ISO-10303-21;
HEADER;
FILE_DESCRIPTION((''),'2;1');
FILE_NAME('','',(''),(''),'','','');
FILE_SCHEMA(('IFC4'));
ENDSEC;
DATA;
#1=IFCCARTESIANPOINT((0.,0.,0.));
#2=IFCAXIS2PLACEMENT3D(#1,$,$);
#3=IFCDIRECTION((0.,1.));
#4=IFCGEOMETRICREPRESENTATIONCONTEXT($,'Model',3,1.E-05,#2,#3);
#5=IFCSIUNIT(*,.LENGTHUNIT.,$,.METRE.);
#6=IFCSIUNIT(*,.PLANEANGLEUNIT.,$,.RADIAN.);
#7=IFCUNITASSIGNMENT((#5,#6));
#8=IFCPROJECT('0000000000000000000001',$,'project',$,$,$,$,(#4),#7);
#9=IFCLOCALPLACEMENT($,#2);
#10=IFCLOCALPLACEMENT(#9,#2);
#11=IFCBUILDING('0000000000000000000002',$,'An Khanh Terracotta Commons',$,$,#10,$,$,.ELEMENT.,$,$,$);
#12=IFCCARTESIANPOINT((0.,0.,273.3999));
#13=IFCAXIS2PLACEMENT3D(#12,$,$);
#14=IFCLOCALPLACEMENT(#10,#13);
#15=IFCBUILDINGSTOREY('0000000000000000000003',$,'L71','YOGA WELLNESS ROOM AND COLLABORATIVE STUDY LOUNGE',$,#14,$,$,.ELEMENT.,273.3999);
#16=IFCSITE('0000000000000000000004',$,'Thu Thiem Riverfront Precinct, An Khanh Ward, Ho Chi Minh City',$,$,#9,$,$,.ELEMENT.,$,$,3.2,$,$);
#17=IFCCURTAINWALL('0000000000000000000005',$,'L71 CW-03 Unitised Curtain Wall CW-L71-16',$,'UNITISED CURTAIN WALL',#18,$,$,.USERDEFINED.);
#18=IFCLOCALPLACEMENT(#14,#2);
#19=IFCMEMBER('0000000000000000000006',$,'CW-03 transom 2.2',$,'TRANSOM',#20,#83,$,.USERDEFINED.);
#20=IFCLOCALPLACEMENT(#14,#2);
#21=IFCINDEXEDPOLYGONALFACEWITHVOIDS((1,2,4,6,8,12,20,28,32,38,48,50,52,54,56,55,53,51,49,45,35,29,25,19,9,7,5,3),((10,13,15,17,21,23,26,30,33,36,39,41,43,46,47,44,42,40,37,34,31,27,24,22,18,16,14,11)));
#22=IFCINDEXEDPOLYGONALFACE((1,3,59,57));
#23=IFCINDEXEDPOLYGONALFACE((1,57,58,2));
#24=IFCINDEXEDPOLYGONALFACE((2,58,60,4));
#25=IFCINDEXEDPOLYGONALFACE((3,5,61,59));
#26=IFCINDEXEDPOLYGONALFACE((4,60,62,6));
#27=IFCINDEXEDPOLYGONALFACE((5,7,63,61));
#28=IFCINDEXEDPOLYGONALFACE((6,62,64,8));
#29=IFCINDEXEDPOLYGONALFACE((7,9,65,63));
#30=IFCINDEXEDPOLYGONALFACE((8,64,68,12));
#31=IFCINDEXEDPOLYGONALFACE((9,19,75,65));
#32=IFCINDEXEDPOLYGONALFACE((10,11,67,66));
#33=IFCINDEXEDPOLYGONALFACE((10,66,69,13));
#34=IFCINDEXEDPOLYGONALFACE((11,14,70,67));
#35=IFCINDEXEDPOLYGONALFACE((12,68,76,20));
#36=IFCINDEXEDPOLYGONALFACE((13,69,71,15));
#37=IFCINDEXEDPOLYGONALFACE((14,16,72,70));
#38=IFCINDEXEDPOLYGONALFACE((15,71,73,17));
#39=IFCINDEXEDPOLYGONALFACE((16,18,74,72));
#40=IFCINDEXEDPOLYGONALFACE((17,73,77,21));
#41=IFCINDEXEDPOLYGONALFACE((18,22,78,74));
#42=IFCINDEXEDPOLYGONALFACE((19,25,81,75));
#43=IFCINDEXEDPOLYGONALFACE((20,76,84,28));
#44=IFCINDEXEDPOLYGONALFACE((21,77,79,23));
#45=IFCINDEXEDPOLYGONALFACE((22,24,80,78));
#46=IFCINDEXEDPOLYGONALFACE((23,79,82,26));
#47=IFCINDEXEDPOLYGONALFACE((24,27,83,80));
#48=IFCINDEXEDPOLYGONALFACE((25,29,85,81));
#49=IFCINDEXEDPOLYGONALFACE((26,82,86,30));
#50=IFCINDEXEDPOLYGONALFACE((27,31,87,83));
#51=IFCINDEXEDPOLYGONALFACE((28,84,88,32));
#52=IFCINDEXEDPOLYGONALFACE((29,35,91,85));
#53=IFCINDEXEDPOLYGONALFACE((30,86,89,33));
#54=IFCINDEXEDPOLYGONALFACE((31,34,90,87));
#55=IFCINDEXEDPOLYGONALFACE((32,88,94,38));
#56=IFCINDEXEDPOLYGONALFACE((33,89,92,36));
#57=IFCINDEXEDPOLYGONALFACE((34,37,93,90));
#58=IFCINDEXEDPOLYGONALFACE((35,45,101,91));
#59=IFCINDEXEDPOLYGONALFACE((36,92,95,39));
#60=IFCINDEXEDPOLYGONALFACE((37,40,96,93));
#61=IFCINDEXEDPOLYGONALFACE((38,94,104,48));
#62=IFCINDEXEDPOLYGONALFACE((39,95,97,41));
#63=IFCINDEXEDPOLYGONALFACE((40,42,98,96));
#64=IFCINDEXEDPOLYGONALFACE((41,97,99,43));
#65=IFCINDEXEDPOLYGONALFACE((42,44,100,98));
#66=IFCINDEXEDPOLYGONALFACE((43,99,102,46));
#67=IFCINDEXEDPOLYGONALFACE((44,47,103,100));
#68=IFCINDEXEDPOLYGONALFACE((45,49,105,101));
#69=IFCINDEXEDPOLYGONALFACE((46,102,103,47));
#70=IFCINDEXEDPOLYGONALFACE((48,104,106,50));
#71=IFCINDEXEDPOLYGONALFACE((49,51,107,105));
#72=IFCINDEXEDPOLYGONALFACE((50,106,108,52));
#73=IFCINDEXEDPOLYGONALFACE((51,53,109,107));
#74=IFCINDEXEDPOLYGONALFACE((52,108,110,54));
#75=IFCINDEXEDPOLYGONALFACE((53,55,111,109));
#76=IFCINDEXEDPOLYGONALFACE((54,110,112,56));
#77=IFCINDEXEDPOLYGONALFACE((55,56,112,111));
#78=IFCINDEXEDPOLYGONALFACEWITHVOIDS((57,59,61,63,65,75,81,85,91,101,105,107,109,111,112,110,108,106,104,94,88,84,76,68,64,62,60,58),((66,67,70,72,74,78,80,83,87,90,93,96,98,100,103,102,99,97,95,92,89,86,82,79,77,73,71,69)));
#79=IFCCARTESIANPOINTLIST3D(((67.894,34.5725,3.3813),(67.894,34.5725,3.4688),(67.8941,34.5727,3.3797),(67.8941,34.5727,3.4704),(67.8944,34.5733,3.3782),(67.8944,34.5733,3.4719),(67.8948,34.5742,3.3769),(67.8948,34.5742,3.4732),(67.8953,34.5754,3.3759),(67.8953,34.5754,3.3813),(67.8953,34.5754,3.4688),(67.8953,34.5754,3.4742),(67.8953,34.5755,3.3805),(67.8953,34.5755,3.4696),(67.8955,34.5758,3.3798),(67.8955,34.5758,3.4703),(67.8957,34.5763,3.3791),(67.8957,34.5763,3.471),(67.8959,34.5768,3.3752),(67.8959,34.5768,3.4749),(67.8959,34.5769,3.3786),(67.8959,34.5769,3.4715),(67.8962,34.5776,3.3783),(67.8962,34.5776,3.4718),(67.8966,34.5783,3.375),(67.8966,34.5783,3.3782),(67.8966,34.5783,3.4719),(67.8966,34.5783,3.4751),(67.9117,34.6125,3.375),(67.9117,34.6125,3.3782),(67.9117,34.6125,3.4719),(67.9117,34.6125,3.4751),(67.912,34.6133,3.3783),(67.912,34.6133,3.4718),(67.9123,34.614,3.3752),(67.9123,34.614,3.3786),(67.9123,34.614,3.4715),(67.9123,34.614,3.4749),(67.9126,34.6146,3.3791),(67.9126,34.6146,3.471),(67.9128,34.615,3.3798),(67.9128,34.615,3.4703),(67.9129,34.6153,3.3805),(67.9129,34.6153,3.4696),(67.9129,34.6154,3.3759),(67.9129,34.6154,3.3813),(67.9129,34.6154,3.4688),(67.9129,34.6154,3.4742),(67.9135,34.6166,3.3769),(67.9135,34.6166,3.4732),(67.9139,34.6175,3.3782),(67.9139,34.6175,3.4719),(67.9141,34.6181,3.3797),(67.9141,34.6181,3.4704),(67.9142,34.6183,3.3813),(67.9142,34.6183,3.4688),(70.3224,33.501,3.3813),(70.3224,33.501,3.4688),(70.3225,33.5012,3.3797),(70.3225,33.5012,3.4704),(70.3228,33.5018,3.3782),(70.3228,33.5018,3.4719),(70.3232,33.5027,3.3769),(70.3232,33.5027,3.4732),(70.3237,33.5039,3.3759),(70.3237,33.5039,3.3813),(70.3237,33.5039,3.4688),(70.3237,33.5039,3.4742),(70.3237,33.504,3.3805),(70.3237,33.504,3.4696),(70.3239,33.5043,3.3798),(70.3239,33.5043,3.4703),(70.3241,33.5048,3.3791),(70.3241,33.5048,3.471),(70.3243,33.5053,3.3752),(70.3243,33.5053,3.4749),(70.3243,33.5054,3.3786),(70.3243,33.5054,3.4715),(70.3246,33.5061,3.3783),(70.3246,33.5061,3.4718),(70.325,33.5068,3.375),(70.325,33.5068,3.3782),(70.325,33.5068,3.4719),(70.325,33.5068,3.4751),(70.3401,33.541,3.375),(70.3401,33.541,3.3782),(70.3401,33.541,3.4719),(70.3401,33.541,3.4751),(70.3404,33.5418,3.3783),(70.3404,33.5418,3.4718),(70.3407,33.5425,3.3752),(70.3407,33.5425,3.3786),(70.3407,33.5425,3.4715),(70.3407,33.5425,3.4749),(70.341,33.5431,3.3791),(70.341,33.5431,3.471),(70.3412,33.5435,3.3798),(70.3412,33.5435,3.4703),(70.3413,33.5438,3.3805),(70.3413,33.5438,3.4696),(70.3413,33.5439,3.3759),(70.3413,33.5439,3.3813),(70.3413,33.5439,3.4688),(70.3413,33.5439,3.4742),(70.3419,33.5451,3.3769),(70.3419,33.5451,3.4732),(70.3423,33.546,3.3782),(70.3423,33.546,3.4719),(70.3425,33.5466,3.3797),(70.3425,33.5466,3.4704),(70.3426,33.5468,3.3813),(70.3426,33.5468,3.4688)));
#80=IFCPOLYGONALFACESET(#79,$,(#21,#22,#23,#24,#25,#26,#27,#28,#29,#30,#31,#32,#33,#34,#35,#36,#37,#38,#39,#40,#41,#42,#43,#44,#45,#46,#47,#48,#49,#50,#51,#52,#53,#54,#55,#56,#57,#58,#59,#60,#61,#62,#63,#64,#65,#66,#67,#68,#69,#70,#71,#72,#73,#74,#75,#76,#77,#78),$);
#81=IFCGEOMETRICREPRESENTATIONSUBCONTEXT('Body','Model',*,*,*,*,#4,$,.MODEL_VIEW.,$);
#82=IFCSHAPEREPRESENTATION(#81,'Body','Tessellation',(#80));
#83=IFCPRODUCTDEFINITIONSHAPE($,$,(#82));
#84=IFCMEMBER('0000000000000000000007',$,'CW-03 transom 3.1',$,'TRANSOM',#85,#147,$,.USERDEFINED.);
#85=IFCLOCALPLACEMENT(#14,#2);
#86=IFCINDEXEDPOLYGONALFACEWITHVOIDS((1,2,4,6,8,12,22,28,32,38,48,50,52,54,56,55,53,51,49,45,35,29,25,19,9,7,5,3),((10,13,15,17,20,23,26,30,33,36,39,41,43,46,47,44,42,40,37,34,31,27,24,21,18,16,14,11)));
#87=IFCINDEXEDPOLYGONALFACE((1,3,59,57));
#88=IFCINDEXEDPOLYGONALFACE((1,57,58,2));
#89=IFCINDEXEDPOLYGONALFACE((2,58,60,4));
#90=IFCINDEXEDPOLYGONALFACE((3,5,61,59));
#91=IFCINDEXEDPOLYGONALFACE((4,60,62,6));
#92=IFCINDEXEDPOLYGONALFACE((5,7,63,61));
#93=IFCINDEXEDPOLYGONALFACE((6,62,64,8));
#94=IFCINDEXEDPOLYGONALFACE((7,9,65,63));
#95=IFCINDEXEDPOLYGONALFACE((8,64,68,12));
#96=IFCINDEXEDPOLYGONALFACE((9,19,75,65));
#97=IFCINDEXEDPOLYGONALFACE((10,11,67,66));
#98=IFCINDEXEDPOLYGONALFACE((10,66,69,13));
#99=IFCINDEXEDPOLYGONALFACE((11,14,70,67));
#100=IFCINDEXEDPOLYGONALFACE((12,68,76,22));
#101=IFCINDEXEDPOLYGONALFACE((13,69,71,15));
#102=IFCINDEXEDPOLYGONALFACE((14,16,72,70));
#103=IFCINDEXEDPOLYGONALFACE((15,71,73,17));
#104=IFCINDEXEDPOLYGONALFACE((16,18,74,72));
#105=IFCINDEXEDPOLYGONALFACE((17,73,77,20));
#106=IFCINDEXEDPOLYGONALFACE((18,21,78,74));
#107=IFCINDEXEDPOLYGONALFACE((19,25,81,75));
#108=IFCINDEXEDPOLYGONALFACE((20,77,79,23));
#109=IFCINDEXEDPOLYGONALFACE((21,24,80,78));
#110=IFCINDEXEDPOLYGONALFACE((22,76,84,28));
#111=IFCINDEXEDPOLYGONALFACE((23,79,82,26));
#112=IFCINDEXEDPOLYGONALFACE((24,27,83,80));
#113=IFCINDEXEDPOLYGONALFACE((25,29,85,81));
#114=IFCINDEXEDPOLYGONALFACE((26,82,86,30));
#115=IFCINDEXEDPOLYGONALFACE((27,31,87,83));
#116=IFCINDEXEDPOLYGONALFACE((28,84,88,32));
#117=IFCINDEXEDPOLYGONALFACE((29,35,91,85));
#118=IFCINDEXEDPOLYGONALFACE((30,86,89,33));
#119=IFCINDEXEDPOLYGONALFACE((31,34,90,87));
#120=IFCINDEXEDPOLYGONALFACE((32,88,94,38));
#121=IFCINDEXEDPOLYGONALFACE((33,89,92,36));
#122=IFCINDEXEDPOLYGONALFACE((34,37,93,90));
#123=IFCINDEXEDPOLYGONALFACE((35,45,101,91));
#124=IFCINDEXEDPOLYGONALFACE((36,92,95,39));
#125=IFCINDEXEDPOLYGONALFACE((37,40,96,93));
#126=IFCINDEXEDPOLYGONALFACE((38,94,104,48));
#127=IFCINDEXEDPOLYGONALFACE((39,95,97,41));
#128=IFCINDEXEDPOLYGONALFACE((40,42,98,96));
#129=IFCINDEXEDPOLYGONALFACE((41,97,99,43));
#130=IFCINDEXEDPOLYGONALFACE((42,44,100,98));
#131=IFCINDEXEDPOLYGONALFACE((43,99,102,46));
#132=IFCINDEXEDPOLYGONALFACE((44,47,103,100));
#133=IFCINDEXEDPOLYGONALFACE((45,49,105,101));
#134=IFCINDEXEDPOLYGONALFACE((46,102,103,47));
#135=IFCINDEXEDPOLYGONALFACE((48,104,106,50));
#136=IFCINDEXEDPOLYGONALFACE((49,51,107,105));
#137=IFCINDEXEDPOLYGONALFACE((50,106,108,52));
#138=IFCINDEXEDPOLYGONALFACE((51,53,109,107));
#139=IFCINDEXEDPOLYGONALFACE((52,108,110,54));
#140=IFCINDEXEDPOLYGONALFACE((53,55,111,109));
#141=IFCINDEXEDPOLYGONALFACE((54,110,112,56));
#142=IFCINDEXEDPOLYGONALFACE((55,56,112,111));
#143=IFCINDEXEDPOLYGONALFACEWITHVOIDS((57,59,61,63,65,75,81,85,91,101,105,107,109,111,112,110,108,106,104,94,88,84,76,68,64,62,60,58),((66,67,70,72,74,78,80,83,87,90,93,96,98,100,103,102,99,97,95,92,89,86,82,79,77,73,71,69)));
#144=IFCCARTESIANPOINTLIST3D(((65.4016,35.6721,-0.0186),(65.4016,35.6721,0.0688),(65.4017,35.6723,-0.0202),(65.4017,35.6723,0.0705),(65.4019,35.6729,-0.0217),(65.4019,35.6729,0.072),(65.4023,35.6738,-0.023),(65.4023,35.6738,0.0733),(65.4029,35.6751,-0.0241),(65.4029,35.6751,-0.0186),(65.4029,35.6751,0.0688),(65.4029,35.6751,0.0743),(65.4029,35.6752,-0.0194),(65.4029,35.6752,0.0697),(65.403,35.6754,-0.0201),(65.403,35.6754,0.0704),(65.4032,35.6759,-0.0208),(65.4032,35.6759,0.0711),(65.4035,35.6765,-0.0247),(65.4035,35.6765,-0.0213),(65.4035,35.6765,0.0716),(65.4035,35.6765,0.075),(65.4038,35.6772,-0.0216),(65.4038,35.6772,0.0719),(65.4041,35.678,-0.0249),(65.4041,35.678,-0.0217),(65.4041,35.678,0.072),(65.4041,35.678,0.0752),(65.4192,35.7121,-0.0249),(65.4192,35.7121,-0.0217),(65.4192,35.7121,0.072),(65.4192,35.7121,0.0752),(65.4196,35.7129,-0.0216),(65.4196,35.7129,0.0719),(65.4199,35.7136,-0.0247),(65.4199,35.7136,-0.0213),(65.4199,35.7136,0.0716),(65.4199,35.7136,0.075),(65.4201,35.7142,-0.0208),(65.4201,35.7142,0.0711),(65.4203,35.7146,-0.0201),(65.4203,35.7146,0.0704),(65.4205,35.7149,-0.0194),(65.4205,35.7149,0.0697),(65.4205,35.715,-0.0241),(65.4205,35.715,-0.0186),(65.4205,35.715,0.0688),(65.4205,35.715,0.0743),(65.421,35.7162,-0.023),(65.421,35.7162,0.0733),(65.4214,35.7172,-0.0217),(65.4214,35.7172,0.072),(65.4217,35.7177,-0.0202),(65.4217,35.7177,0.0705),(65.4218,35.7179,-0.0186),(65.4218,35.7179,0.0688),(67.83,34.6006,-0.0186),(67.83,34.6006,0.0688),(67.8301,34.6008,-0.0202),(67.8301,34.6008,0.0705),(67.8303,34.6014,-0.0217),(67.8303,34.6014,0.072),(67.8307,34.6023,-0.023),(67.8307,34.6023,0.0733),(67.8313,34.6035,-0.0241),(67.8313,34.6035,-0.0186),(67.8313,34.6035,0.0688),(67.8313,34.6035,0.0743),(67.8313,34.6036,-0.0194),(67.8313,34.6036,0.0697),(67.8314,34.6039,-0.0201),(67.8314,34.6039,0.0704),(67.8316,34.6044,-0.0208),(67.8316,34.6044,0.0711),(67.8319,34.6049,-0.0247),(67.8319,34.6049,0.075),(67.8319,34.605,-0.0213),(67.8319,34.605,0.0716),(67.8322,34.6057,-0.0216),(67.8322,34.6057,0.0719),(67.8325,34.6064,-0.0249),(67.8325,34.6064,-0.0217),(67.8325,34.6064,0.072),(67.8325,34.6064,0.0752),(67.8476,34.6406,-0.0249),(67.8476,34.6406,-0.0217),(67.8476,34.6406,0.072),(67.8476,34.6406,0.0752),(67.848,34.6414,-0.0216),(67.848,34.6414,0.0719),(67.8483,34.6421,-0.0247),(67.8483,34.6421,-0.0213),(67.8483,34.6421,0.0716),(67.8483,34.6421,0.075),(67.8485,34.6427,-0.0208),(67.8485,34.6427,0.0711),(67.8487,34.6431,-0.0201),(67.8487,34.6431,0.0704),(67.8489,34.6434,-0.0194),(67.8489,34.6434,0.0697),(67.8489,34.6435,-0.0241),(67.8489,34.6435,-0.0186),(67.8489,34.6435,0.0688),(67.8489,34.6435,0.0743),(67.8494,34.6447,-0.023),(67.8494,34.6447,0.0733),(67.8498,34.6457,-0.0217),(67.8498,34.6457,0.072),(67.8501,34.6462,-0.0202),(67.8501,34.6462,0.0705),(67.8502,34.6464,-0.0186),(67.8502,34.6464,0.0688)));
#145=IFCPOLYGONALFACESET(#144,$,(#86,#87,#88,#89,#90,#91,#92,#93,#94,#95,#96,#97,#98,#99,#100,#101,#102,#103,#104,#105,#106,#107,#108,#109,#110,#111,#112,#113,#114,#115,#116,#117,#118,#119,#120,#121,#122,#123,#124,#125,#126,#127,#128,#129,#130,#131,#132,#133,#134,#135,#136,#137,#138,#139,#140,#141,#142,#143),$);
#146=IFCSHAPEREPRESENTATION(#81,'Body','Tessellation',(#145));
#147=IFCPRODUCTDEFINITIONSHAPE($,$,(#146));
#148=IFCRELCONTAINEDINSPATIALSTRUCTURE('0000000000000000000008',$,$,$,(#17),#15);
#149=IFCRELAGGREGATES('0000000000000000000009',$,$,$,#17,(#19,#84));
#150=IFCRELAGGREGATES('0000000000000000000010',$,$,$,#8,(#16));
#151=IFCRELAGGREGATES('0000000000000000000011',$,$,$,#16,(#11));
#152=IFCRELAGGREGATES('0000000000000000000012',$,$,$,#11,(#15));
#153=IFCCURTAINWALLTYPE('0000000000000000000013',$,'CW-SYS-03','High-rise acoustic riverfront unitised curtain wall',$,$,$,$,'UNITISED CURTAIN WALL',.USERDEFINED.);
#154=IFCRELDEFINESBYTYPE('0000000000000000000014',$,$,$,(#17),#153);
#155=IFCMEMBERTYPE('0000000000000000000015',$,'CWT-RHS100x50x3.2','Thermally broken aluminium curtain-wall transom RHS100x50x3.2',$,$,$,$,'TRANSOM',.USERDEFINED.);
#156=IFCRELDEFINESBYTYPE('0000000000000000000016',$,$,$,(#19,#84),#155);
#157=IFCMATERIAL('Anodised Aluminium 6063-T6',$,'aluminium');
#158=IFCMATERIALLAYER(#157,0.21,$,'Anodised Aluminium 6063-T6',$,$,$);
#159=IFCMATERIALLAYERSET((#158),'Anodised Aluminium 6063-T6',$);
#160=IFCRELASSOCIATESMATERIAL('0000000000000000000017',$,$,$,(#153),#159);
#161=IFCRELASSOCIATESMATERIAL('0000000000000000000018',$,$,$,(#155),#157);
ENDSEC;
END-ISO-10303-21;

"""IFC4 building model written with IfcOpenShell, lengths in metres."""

from ifc_helpers import new_model, si_unit, direction, frame, origin, origin_2d, place, context, subcontext, project, spatial, hollow_rectangle, extrude, material, layer, layer_set, material_profile, profile_set, type_object, element, aggregate, save


model = new_model("IFC4")

# Units and contexts
model_context = context("Model", 3, precision=1e-05, world=origin(), true_north=direction((0.0, 1.0)))
body_context = subcontext(model_context, "Body", "Model", "MODEL_VIEW")
ifc_project = project(units=[si_unit("LENGTHUNIT", "METRE"), si_unit("PLANEANGLEUNIT", "RADIAN")], contexts=[model_context])

# Site, building, storey
site_placement = place(None, origin())
site = spatial("IfcSite", under=ifc_project, at=site_placement, Name="Thu Thiem Riverfront Precinct, An Khanh Ward, Ho Chi Minh City", CompositionType="ELEMENT", RefElevation=3.2)
building_placement = place(site_placement, origin())
building = spatial("IfcBuilding", under=site, at=building_placement, Name="An Khanh Terracotta Commons", CompositionType="ELEMENT")
storey_placement = place(building_placement, frame((0.0, 0.0, 273.3999)))
storey = spatial("IfcBuildingStorey", under=building, at=storey_placement, Name="L71", Description="YOGA WELLNESS ROOM AND COLLABORATIVE STUDY LOUNGE", CompositionType="ELEMENT", Elevation=273.3999)

# Curtain wall
ifc_material_1 = material(Name="Anodised Aluminium 6063-T6", Category="aluminium")
ifc_layer_1 = layer(ifc_material_1, 0.21, Name="Anodised Aluminium 6063-T6")
ifc_layer_set_1 = layer_set([ifc_layer_1], Name="Anodised Aluminium 6063-T6")
curtain_wall_type = type_object("IfcCurtainWallType", Name="CW-SYS-03", Description="High-rise acoustic riverfront unitised curtain wall", ElementType="UNITISED CURTAIN WALL", PredefinedType="USERDEFINED", material=ifc_layer_set_1)
curtain_wall_1_placement = place(storey_placement, origin())
curtain_wall_1 = element("IfcCurtainWall", 1, at=curtain_wall_1_placement, inside=storey, type_object=curtain_wall_type, Name="L71 CW-03 Unitised Curtain Wall CW-L71-16", ObjectType="UNITISED CURTAIN WALL", PredefinedType="USERDEFINED")

# Members
ifc_material_profile_1 = material_profile(ifc_material_1, hollow_rectangle(XDim=0.05, YDim=0.1001, WallThickness=0.0032, InnerFilletRadius=0.0032, OuterFilletRadius=0.0063, at=origin_2d()), Name="RHS100x50x3.2")
ifc_profile_set_1 = profile_set([ifc_material_profile_1], Name="Anodised Aluminium 6063-T6")
member_type_1 = type_object("IfcMemberType", Name="CWT-RHS100x50x3.2", Description="Thermally broken aluminium curtain-wall transom RHS100x50x3.2", ElementType="TRANSOM", PredefinedType="USERDEFINED", material=ifc_profile_set_1)
member_1_placement = place(storey_placement, frame((70.3325, 33.5239, 3.425), z_axis=(-0.914897, 0.403688, 0.0), x_axis=(-0.403688, -0.914897, 0.0)))
member_1 = element("IfcMember", 2, at=member_1_placement, type_object=member_type_1, Name="CW-03 transom 2.2", ObjectType="TRANSOM", PredefinedType="USERDEFINED", context=body_context, shape_type="SweptSolid", body=[
    extrude(hollow_rectangle(XDim=0.05, YDim=0.1001, WallThickness=0.0032, InnerFilletRadius=0.0032, OuterFilletRadius=0.0063, at=origin_2d()), origin(), (0.0, 0.0, 1.0), 2.6543),
])
member_2_placement = place(storey_placement, frame((67.8401, 34.6235, 0.0251), z_axis=(-0.914897, 0.403688, 0.0), x_axis=(-0.403688, -0.914897, 0.0)))
member_2 = element("IfcMember", 3, at=member_2_placement, type_object=member_type_1, Name="CW-03 transom 3.1", ObjectType="TRANSOM", PredefinedType="USERDEFINED", context=body_context, shape_type="SweptSolid", body=[
    extrude(hollow_rectangle(XDim=0.05, YDim=0.1001, WallThickness=0.0032, InnerFilletRadius=0.0032, OuterFilletRadius=0.0063, at=origin_2d()), origin(), (0.0, 0.0, 1.0), 2.6543),
])

aggregate(curtain_wall_1, [member_1, member_2])

save(model, "model.ifc")
